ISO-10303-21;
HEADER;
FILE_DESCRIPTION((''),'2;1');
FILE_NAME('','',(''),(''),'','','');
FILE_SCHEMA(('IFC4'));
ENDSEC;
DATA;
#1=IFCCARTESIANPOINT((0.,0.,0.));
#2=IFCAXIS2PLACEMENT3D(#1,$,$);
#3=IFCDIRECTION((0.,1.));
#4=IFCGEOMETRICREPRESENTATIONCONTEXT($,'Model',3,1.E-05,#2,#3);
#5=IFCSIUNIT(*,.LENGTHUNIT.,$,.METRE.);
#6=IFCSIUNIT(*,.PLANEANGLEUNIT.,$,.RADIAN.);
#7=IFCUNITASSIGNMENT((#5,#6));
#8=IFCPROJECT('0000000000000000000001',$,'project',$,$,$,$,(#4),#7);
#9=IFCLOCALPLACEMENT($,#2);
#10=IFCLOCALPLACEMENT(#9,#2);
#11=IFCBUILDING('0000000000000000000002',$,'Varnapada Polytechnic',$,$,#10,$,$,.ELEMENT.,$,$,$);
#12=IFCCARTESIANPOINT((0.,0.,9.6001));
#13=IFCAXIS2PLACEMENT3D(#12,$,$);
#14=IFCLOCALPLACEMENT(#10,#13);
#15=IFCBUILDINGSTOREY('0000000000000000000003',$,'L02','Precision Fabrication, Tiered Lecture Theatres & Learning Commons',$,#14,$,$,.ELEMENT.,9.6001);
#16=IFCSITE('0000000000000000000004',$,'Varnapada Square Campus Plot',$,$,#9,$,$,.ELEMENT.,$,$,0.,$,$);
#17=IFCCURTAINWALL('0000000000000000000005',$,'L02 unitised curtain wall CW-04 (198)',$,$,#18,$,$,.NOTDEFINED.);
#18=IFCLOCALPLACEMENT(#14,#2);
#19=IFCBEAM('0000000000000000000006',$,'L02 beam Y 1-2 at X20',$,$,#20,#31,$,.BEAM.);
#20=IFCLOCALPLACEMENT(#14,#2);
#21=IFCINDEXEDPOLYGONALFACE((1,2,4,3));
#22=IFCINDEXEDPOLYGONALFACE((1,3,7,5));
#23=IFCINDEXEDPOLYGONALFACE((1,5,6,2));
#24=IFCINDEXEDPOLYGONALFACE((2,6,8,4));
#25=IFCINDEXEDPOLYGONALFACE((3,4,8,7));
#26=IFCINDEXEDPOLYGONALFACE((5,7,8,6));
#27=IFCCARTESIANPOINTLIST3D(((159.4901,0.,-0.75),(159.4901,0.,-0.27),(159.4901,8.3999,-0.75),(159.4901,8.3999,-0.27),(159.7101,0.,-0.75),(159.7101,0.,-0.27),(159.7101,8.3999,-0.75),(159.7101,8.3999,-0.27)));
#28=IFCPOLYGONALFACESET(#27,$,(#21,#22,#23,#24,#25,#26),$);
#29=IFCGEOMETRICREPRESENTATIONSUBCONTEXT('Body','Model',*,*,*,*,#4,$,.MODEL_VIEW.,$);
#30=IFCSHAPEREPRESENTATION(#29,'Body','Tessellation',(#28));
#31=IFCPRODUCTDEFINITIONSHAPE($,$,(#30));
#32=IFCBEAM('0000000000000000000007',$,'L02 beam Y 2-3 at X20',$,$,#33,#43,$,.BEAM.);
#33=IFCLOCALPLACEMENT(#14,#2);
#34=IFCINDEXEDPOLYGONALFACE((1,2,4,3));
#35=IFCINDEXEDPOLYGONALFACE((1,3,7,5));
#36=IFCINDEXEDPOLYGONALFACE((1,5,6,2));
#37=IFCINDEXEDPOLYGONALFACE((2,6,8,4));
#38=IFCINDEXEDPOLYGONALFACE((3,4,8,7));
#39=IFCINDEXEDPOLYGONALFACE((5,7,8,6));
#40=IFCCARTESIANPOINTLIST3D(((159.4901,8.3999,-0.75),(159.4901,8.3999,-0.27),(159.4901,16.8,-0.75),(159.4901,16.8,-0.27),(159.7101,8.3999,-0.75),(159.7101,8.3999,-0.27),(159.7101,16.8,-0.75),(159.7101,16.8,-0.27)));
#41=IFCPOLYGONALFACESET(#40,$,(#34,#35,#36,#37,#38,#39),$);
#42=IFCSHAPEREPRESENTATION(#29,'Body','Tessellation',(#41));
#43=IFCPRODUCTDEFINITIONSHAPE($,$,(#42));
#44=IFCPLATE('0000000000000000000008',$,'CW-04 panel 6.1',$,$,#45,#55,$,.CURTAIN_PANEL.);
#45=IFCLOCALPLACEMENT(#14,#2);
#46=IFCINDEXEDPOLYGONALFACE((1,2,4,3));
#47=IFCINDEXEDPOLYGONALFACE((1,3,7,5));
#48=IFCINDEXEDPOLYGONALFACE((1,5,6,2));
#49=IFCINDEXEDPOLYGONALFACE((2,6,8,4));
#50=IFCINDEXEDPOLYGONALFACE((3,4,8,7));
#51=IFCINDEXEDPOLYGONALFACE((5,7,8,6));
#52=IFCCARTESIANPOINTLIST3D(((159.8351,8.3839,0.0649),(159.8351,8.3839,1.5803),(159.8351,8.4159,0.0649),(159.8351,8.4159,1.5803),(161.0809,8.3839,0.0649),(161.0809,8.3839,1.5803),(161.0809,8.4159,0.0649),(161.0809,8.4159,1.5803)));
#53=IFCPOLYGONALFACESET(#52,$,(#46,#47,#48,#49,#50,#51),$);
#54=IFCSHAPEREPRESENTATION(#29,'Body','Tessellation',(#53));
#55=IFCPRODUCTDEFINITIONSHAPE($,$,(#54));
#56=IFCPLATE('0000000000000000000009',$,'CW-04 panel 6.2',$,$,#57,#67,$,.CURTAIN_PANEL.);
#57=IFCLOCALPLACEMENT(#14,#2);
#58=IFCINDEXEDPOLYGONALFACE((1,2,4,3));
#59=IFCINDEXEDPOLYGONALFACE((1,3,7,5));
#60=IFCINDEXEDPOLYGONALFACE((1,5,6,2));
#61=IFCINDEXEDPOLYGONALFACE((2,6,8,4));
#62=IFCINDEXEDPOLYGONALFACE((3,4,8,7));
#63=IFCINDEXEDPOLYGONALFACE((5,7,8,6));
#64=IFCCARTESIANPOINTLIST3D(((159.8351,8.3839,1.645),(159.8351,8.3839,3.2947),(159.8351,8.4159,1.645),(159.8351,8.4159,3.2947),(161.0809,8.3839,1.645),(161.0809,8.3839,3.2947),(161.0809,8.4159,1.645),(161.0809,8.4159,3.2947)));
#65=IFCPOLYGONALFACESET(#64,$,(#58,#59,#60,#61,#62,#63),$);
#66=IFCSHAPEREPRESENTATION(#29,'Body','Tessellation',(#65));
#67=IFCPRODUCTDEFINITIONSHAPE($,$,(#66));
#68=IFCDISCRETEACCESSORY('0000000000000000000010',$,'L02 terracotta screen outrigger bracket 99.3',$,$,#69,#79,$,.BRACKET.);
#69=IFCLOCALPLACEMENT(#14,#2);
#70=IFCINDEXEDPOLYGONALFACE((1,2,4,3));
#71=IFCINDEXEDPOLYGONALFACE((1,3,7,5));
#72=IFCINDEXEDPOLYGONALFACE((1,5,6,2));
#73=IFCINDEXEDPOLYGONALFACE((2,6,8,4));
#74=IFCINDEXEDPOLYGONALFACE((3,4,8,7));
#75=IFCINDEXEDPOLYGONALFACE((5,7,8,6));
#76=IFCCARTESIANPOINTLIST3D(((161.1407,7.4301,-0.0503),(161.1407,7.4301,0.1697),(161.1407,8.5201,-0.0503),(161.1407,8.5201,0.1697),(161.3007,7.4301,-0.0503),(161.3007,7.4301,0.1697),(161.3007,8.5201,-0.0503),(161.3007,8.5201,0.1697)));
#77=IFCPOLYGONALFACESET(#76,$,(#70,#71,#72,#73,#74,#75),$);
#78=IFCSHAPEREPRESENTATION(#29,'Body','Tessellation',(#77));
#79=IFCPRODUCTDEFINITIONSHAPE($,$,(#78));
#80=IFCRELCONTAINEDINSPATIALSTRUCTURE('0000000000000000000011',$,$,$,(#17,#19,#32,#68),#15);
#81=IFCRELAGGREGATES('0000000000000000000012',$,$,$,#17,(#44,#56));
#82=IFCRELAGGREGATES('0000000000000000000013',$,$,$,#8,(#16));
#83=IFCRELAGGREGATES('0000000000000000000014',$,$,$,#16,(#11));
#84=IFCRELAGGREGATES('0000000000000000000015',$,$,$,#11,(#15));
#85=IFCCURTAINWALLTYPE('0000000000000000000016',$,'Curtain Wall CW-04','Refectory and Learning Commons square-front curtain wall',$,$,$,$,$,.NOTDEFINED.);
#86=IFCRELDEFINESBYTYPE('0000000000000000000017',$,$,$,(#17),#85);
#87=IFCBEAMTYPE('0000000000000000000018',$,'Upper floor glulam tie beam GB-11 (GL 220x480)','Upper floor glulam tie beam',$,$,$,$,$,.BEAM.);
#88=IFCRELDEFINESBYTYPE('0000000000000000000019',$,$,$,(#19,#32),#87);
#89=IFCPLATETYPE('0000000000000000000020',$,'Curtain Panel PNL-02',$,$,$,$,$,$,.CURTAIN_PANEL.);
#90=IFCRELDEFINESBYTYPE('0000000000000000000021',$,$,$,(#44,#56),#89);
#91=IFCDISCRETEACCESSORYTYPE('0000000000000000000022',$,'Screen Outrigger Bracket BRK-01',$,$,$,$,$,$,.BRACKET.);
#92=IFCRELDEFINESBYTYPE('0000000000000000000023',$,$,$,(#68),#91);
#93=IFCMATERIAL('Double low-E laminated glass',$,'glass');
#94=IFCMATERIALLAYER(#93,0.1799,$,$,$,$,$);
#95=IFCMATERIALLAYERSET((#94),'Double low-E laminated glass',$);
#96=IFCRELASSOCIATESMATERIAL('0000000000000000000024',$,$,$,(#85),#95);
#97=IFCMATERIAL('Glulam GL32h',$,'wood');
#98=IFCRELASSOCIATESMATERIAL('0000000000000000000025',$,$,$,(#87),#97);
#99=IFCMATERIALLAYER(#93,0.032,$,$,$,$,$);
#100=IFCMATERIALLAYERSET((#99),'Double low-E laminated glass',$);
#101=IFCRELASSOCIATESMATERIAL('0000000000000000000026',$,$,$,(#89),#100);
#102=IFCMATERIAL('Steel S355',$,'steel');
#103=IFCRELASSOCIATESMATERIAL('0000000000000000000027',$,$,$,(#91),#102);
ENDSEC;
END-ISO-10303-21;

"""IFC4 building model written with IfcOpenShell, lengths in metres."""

from ifc_helpers import new_model, si_unit, direction, frame, origin, origin_2d, place, context, subcontext, project, spatial, rectangle, extrude, material, layer, layer_set, material_profile, profile_set, type_object, element, aggregate, save


model = new_model("IFC4")

# Units and contexts
model_context = context("Model", 3, precision=1e-05, world=origin(), true_north=direction((0.0, 1.0)))
body_context = subcontext(model_context, "Body", "Model", "MODEL_VIEW")
ifc_project = project(units=[si_unit("LENGTHUNIT", "METRE"), si_unit("PLANEANGLEUNIT", "RADIAN")], contexts=[model_context])

# Site, building, storey
site_placement = place(None, origin())
site = spatial("IfcSite", under=ifc_project, at=site_placement, Name="Varnapada Square Campus Plot", CompositionType="ELEMENT", RefElevation=0.0)
building_placement = place(site_placement, origin())
building = spatial("IfcBuilding", under=site, at=building_placement, Name="Varnapada Polytechnic", CompositionType="ELEMENT")
storey_placement = place(building_placement, frame((0.0, 0.0, 9.6001)))
storey = spatial("IfcBuildingStorey", under=building, at=storey_placement, Name="L02", Description="Precision Fabrication, Tiered Lecture Theatres & Learning Commons", CompositionType="ELEMENT", Elevation=9.6001)

# Shared definitions
ifc_material_1 = material(Name="Glulam GL32h", Category="wood")

# Shared definitions
ifc_material_2 = material(Name="Double low-E laminated glass", Category="glass")
ifc_layer_1 = layer(ifc_material_2, 0.1799)
ifc_layer_set_1 = layer_set([ifc_layer_1], Name="Double low-E laminated glass")
curtain_wall_type = type_object("IfcCurtainWallType", Name="Curtain Wall CW-04", Description="Refectory and Learning Commons square-front curtain wall", PredefinedType="NOTDEFINED", material=ifc_layer_set_1)

# Curtain wall
curtain_wall_1_placement = place(storey_placement, origin())
curtain_wall_1 = element("IfcCurtainWall", 1, at=curtain_wall_1_placement, inside=storey, type_object=curtain_wall_type, Name="L02 unitised curtain wall CW-04 (198)", PredefinedType="NOTDEFINED")

# Beams
ifc_material_profile_1 = material_profile(ifc_material_1, rectangle(XDim=0.22, YDim=0.48, at=origin_2d()), Name="GL 220x480")
ifc_profile_set_1 = profile_set([ifc_material_profile_1], Name="Glulam GL32h")
beam_type_1 = type_object("IfcBeamType", Name="Upper floor glulam tie beam GB-11 (GL 220x480)", Description="Upper floor glulam tie beam", PredefinedType="BEAM", material=ifc_profile_set_1)
beam_1_placement = place(storey_placement, frame((159.6001, 0.0, -0.51), z_axis=(0.0, 1.0, 0.0), x_axis=(-1.0, 0.0, 0.0)))
element("IfcBeam", 2, at=beam_1_placement, inside=storey, type_object=beam_type_1, Name="L02 beam Y 1-2 at X20", PredefinedType="BEAM", context=body_context, shape_type="SweptSolid", body=[
    extrude(rectangle(XDim=0.22, YDim=0.48, at=origin_2d()), origin(), (0.0, 0.0, 1.0), 8.3999),
])
beam_2_placement = place(storey_placement, frame((159.6001, 8.3999, -0.51), z_axis=(0.0, 1.0, 0.0), x_axis=(-1.0, 0.0, 0.0)))
element("IfcBeam", 3, at=beam_2_placement, inside=storey, type_object=beam_type_1, Name="L02 beam Y 2-3 at X20", PredefinedType="BEAM", context=body_context, shape_type="SweptSolid", body=[
    extrude(rectangle(XDim=0.22, YDim=0.48, at=origin_2d()), origin(), (0.0, 0.0, 1.0), 8.4001),
])

# Plates
ifc_layer_2 = layer(ifc_material_2, 0.032)
ifc_layer_set_2 = layer_set([ifc_layer_2], Name="Double low-E laminated glass")
plate_type = type_object("IfcPlateType", Name="Curtain Panel PNL-02", PredefinedType="CURTAIN_PANEL", material=ifc_layer_set_2)
plate_1_placement = place(storey_placement, frame((160.458, 8.3999, 0.0649), z_axis=(0.0, 0.0, 1.0), x_axis=(-1.0, 0.0, 0.0)))
plate_1 = element("IfcPlate", 4, at=plate_1_placement, type_object=plate_type, Name="CW-04 panel 6.1", PredefinedType="CURTAIN_PANEL", context=body_context, shape_type="SweptSolid", body=[
    extrude(rectangle(XDim=1.2458, YDim=0.032, at=origin_2d()), origin(), (0.0, 0.0, 1.0), 1.5154),
])
plate_2_placement = place(storey_placement, frame((160.458, 8.3999, 1.645), z_axis=(0.0, 0.0, 1.0), x_axis=(-1.0, 0.0, 0.0)))
plate_2 = element("IfcPlate", 5, at=plate_2_placement, type_object=plate_type, Name="CW-04 panel 6.2", PredefinedType="CURTAIN_PANEL", context=body_context, shape_type="SweptSolid", body=[
    extrude(rectangle(XDim=1.2458, YDim=0.032, at=origin_2d()), origin(), (0.0, 0.0, 1.0), 1.6497),
])
aggregate(curtain_wall_1, [plate_1, plate_2])

# Discrete accessory
ifc_material_3 = material(Name="Steel S355", Category="steel")
discrete_accessory_type = type_object("IfcDiscreteAccessoryType", Name="Screen Outrigger Bracket BRK-01", PredefinedType="BRACKET", material=ifc_material_3)
discrete_accessory_placement = place(storey_placement, frame((161.2207, 7.9751, -0.0503), z_axis=(0.0, 0.0, 1.0), x_axis=(-1.0, 0.0, 0.0)))
element("IfcDiscreteAccessory", 6, at=discrete_accessory_placement, inside=storey, type_object=discrete_accessory_type, Name="L02 terracotta screen outrigger bracket 99.3", PredefinedType="BRACKET", context=body_context, shape_type="SweptSolid", body=[
    extrude(rectangle(XDim=0.1599, YDim=1.0901, at=origin_2d()), origin(), (0.0, 0.0, 1.0), 0.22),
])

save(model, "model.ifc")
